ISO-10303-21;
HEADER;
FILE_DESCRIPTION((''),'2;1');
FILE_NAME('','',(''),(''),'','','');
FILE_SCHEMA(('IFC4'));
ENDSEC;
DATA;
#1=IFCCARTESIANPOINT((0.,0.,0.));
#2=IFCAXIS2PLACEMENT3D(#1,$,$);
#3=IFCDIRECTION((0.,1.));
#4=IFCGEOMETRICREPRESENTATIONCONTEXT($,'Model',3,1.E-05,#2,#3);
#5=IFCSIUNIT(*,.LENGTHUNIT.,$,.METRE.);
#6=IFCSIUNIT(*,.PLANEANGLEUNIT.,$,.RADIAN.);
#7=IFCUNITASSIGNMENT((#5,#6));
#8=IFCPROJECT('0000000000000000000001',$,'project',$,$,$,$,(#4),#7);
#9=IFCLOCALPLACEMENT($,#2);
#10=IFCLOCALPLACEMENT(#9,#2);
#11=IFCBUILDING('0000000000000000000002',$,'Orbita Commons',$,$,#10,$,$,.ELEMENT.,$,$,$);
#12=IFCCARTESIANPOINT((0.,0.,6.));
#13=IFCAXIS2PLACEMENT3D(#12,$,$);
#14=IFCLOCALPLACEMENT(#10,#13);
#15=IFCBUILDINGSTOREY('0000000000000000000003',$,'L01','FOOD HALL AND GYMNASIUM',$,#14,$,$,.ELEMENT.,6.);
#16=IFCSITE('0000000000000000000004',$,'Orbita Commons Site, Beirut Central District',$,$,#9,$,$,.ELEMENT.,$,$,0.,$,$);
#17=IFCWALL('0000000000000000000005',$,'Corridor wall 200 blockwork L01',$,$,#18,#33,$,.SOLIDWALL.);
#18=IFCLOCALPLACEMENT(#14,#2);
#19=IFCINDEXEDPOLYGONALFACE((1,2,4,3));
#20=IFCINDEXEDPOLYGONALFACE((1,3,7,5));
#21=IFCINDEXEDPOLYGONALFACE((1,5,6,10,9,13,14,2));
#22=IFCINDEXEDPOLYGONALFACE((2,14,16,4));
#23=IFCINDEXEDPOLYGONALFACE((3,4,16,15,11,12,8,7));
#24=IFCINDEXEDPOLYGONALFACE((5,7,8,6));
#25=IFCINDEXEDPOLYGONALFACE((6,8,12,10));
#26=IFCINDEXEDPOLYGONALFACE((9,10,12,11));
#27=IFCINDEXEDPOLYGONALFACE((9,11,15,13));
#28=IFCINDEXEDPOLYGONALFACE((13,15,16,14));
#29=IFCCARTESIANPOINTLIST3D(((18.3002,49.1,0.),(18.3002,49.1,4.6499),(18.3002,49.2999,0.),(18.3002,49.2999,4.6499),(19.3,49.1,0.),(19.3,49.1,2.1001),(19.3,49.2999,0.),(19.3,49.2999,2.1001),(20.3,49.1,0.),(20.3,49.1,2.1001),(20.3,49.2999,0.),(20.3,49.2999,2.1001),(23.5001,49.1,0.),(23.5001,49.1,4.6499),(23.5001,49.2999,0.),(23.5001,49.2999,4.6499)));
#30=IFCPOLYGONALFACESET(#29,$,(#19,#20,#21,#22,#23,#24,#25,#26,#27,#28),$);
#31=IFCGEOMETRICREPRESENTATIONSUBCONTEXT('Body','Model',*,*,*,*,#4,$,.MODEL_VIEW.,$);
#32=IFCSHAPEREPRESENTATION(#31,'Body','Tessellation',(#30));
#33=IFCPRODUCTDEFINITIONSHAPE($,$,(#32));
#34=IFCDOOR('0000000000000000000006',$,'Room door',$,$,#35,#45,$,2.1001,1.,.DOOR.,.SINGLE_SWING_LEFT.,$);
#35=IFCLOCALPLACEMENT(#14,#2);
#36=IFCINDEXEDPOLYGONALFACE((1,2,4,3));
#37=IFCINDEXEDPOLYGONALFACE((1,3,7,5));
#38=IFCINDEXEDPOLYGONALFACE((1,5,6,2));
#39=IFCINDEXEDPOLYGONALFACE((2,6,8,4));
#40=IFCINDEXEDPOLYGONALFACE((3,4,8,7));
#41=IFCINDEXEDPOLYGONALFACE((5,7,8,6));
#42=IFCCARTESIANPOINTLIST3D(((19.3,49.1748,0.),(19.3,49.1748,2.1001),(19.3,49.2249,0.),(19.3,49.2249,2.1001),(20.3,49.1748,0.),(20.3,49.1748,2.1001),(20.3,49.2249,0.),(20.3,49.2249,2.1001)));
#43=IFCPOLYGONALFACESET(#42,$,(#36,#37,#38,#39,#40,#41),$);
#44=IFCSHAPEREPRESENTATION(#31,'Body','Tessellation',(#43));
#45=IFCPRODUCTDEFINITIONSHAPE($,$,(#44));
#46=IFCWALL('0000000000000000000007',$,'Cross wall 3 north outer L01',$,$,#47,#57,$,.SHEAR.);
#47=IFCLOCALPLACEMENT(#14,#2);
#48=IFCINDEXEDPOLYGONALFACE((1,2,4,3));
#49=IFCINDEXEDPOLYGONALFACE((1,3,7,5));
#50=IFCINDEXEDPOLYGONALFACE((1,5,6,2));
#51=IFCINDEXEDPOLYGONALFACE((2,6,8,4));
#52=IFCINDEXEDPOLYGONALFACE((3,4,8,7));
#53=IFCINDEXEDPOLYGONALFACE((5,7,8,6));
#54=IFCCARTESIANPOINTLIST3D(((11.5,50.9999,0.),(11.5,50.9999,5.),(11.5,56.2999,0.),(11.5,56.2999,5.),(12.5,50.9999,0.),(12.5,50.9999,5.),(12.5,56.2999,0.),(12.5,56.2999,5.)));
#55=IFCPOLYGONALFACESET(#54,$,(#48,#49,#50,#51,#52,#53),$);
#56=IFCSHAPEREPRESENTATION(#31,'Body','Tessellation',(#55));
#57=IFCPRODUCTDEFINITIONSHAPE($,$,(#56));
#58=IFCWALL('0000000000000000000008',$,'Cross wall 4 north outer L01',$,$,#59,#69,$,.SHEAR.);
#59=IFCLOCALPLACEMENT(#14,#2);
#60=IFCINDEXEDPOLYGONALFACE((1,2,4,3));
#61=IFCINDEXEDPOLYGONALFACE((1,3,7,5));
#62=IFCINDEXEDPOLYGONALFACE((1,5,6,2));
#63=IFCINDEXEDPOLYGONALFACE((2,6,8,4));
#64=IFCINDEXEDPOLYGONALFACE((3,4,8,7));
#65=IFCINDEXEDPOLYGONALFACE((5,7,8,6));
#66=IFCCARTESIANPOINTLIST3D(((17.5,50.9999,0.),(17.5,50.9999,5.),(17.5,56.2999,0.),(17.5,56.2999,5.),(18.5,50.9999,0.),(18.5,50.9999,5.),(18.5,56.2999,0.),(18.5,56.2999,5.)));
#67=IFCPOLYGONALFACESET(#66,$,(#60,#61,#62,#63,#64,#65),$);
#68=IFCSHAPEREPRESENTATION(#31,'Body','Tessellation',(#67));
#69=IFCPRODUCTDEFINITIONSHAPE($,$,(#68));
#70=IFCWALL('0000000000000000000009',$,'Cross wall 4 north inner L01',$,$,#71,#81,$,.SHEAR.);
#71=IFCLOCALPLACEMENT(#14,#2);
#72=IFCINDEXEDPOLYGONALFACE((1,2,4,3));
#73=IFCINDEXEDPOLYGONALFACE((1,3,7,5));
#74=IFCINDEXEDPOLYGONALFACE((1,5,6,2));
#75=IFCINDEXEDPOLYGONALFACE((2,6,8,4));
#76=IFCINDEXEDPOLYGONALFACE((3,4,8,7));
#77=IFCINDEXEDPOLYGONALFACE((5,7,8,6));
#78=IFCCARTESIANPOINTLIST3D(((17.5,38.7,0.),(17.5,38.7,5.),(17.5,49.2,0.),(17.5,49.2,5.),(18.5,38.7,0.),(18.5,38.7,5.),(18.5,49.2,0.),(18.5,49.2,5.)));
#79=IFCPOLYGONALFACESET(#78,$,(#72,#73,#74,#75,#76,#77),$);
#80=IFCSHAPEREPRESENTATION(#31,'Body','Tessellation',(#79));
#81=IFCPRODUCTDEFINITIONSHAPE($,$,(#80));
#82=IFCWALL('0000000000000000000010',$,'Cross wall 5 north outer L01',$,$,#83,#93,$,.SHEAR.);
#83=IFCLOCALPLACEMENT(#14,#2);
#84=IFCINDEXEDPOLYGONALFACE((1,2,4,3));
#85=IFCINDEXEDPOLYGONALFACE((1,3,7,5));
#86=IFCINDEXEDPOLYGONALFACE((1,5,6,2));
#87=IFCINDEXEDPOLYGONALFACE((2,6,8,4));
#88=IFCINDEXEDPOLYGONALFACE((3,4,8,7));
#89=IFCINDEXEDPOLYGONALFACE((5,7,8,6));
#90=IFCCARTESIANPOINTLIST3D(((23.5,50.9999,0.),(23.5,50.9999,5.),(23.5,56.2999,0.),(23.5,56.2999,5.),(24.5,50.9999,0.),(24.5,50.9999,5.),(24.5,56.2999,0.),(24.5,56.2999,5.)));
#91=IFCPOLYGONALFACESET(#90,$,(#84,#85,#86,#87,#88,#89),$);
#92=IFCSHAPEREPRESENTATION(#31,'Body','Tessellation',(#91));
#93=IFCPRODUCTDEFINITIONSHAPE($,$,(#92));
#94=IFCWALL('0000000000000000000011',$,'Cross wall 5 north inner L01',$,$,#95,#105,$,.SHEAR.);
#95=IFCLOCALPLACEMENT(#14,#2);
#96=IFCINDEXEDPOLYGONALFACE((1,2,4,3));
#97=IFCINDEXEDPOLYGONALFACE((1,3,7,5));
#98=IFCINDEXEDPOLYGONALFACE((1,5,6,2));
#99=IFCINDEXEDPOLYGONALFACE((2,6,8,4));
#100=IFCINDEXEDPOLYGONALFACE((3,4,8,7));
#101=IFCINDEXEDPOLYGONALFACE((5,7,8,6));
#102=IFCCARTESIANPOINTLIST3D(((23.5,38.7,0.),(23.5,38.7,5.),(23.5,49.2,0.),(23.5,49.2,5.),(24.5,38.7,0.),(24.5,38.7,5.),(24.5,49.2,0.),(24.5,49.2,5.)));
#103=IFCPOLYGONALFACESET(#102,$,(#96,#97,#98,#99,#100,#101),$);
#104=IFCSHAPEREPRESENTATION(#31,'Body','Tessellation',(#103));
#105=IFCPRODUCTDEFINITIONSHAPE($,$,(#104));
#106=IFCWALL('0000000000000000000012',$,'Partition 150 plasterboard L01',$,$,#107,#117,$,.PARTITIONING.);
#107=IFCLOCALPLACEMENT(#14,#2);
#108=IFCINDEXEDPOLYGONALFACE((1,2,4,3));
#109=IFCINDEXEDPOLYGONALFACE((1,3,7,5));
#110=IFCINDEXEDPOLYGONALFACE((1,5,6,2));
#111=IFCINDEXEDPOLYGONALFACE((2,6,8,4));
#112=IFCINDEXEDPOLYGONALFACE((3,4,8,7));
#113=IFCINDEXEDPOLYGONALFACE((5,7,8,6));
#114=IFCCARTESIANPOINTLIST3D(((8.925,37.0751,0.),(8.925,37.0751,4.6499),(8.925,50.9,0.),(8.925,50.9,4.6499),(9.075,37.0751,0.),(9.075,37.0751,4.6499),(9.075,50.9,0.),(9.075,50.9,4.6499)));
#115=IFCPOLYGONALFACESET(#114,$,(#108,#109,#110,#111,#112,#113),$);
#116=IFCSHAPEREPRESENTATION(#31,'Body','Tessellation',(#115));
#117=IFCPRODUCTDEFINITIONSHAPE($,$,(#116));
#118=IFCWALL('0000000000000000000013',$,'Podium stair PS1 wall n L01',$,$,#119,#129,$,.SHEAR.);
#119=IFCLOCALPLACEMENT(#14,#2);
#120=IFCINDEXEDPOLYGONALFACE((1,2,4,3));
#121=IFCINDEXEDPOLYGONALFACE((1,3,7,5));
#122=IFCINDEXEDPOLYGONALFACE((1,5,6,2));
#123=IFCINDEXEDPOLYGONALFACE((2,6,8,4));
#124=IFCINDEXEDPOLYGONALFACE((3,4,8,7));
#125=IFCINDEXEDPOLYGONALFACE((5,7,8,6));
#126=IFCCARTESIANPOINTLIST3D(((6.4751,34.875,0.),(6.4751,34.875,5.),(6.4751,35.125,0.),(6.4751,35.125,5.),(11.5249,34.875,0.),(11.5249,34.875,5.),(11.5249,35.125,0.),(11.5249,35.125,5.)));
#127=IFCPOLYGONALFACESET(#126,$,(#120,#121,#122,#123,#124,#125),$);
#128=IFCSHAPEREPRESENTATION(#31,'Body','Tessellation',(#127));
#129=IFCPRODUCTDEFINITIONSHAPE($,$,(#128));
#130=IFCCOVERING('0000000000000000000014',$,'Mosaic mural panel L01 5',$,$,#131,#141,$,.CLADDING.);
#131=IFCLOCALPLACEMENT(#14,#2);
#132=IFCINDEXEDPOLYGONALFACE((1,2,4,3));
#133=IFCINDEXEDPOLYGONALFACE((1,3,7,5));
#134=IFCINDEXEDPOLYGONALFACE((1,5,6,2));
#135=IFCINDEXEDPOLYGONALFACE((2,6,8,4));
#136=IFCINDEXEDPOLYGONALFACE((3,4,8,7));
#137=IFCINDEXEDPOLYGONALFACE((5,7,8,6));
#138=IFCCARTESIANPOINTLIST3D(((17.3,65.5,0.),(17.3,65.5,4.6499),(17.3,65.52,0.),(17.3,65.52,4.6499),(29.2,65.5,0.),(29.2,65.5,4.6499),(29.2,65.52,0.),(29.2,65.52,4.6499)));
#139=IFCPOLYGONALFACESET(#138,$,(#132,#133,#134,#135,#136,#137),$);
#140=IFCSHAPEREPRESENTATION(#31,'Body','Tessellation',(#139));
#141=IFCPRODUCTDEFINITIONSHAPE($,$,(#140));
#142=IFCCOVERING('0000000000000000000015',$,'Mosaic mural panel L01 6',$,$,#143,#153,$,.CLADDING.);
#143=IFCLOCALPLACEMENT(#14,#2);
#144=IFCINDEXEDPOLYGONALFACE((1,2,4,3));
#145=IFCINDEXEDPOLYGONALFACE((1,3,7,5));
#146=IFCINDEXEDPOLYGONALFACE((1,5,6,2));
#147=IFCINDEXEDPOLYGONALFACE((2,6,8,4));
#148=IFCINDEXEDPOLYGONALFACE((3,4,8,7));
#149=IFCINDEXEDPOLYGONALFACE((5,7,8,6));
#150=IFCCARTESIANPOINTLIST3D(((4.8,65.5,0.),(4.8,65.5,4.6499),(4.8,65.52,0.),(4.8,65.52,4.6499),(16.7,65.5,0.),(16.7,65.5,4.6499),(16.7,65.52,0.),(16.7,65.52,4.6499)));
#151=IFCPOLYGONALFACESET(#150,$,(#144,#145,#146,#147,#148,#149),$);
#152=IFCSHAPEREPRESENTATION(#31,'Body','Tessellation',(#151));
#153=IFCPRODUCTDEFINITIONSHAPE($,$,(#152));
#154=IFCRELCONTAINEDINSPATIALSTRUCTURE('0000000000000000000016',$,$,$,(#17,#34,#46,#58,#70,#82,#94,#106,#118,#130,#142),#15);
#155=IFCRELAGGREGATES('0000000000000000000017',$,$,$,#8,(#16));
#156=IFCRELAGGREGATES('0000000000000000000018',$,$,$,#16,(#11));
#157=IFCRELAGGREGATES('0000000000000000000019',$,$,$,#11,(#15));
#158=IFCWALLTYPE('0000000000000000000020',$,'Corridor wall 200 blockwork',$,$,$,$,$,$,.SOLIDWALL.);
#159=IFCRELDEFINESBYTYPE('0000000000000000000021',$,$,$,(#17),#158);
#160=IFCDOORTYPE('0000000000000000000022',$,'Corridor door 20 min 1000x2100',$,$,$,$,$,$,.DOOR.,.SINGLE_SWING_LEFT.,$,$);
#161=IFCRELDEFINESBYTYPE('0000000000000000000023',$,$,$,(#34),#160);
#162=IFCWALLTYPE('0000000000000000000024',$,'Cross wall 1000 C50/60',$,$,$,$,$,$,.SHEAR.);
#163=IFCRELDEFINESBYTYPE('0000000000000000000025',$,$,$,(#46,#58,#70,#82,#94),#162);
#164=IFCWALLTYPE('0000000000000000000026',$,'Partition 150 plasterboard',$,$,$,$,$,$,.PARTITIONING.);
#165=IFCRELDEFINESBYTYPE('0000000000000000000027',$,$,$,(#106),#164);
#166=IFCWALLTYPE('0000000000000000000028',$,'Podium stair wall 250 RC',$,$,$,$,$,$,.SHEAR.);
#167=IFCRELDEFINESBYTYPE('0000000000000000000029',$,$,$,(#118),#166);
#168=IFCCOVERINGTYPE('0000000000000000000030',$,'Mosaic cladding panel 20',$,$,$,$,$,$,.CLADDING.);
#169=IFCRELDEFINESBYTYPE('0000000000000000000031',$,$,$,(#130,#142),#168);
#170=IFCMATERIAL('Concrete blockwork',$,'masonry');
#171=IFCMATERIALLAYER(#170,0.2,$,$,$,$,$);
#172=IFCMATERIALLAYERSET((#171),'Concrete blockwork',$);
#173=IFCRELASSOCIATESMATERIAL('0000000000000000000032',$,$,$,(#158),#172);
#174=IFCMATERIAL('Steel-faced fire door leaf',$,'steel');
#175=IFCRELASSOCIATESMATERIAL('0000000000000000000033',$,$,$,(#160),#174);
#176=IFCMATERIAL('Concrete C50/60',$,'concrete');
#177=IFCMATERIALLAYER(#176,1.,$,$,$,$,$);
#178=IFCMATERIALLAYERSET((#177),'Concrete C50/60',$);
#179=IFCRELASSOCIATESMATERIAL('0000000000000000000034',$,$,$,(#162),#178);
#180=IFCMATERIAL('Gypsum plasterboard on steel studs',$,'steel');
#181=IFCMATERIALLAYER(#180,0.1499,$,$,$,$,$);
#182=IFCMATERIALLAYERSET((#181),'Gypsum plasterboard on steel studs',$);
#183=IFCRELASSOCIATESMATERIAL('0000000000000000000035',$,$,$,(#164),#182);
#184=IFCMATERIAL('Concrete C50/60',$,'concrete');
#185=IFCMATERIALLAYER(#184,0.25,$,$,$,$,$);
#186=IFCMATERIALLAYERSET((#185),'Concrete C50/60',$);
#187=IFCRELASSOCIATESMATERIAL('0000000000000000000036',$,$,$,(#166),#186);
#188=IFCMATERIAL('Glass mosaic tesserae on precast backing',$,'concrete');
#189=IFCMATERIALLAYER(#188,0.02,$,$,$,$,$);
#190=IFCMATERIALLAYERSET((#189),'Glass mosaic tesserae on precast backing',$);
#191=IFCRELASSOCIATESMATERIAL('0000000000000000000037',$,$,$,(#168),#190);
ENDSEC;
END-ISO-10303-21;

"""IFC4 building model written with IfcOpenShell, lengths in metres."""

from ifc_helpers import new_model, si_unit, direction, frame, frame_2d, origin, origin_2d, place, context, subcontext, project, spatial, rectangle, extrude, material, layer, layer_set, type_object, element, fill, save


model = new_model("IFC4")

# Units and contexts
model_context = context("Model", 3, precision=1e-05, world=origin(), true_north=direction((0.0, 1.0)))
body_context = subcontext(model_context, "Body", "Model", "MODEL_VIEW")
ifc_project = project(units=[si_unit("LENGTHUNIT", "METRE"), si_unit("PLANEANGLEUNIT", "RADIAN")], contexts=[model_context])

# Site, building, storey
site_placement = place(None, origin())
site = spatial("IfcSite", under=ifc_project, at=site_placement, Name="Orbita Commons Site, Beirut Central District", CompositionType="ELEMENT", RefElevation=0.0)
building_placement = place(site_placement, origin())
building = spatial("IfcBuilding", under=site, at=building_placement, Name="Orbita Commons", CompositionType="ELEMENT")
storey_placement = place(building_placement, frame((0.0, 0.0, 6.0)))
storey = spatial("IfcBuildingStorey", under=building, at=storey_placement, Name="L01", Description="FOOD HALL AND GYMNASIUM", CompositionType="ELEMENT", Elevation=6.0)

# Shared definitions
ifc_material_1 = material(Name="Concrete blockwork", Category="masonry")
ifc_layer_1 = layer(ifc_material_1, 0.2)
ifc_layer_set_1 = layer_set([ifc_layer_1], Name="Concrete blockwork")
wall_type_1 = type_object("IfcWallType", Name="Corridor wall 200 blockwork", PredefinedType="SOLIDWALL", material=ifc_layer_set_1)

# Wall, opening, door
wall_1_placement = place(storey_placement, frame((18.3, 49.2, 0.0), z_axis=(0.0, 0.0, 1.0), x_axis=(1.0, 0.0, 0.0)))
wall_1 = element("IfcWall", 1, at=wall_1_placement, inside=storey, type_object=wall_type_1, Name="Corridor wall 200 blockwork L01", PredefinedType="SOLIDWALL", context=body_context, shape_type="SweptSolid", body=[
    extrude(rectangle(XDim=5.2, YDim=0.2, at=frame_2d((2.6001, 0.0))), origin(), (0.0, 0.0, 1.0), 4.6499),
])
opening_placement = place(wall_1_placement, frame((1.0, 0.0, 0.0)))
opening = element("IfcOpeningElement", 2, at=opening_placement, cuts=wall_1, PredefinedType="OPENING", context=body_context, shape_type="SweptSolid", body=[
    extrude(rectangle(XDim=1.0, YDim=2.1001, at=frame_2d((0.5, 1.05))), frame((0.0, 0.1099, 0.0), z_axis=(0.0, -1.0, 0.0), x_axis=(1.0, 0.0, 0.0)), (0.0, 0.0, 1.0), 0.22),
])
ifc_material_2 = material(Name="Steel-faced fire door leaf", Category="steel")
door_type = type_object("IfcDoorType", Name="Corridor door 20 min 1000x2100", OperationType="SINGLE_SWING_LEFT", PredefinedType="DOOR", material=ifc_material_2)
door_placement = place(opening_placement, origin())
door = element("IfcDoor", 3, at=door_placement, inside=storey, type_object=door_type, Name="Room door", OperationType="SINGLE_SWING_LEFT", OverallHeight=2.1001, OverallWidth=1.0, PredefinedType="DOOR", context=body_context, shape_type="SweptSolid", body=[
    extrude(rectangle(XDim=1.0, YDim=2.1001, at=frame_2d((0.5, 1.05))), frame((0.0, 0.0249, 0.0), z_axis=(0.0, -1.0, 0.0), x_axis=(1.0, 0.0, 0.0)), (0.0, 0.0, 1.0), 0.05),
])
fill(opening, door)

# Walls
ifc_material_3 = material(Name="Concrete C50/60", Category="concrete")
ifc_layer_2 = layer(ifc_material_3, 1.0)
ifc_layer_set_2 = layer_set([ifc_layer_2], Name="Concrete C50/60")
wall_type_2 = type_object("IfcWallType", Name="Cross wall 1000 C50/60", PredefinedType="SHEAR", material=ifc_layer_set_2)
for number, where, z_axis, x_axis, name in (
    (4, (12.0, 51.0, 0.0), (0.0, 0.0, 1.0), (0.0, 1.0, 0.0), "Cross wall 3 north outer L01"),
    (5, (18.0, 51.0, 0.0), (0.0, 0.0, 1.0), (0.0, 1.0, 0.0), "Cross wall 4 north outer L01"),
):
    element("IfcWall", number, at=place(storey_placement, frame(where, z_axis=z_axis, x_axis=x_axis)), inside=storey, type_object=wall_type_2, Name=name, PredefinedType="SHEAR", context=body_context, shape_type="SweptSolid", body=[
        extrude(rectangle(XDim=5.3, YDim=1.0, at=frame_2d((2.6499, 0.0))), origin(), (0.0, 0.0, 1.0), 5.0),
    ])
wall_2_placement = place(storey_placement, frame((18.0, 38.7, 0.0), z_axis=(0.0, 0.0, 1.0), x_axis=(0.0, 1.0, 0.0)))
element("IfcWall", 6, at=wall_2_placement, inside=storey, type_object=wall_type_2, Name="Cross wall 4 north inner L01", PredefinedType="SHEAR", context=body_context, shape_type="SweptSolid", body=[
    extrude(rectangle(XDim=10.5, YDim=1.0, at=frame_2d((5.25, 0.0))), origin(), (0.0, 0.0, 1.0), 5.0),
])
wall_3_placement = place(storey_placement, frame((24.0, 51.0, 0.0), z_axis=(0.0, 0.0, 1.0), x_axis=(0.0, 1.0, 0.0)))
element("IfcWall", 7, at=wall_3_placement, inside=storey, type_object=wall_type_2, Name="Cross wall 5 north outer L01", PredefinedType="SHEAR", context=body_context, shape_type="SweptSolid", body=[
    extrude(rectangle(XDim=5.3, YDim=1.0, at=frame_2d((2.6499, 0.0))), origin(), (0.0, 0.0, 1.0), 5.0),
])
wall_4_placement = place(storey_placement, frame((24.0, 38.7, 0.0), z_axis=(0.0, 0.0, 1.0), x_axis=(0.0, 1.0, 0.0)))
element("IfcWall", 8, at=wall_4_placement, inside=storey, type_object=wall_type_2, Name="Cross wall 5 north inner L01", PredefinedType="SHEAR", context=body_context, shape_type="SweptSolid", body=[
    extrude(rectangle(XDim=10.5, YDim=1.0, at=frame_2d((5.25, 0.0))), origin(), (0.0, 0.0, 1.0), 5.0),
])
ifc_material_4 = material(Name="Gypsum plasterboard on steel studs", Category="steel")
ifc_layer_3 = layer(ifc_material_4, 0.1499)
ifc_layer_set_3 = layer_set([ifc_layer_3], Name="Gypsum plasterboard on steel studs")
wall_type_3 = type_object("IfcWallType", Name="Partition 150 plasterboard", PredefinedType="PARTITIONING", material=ifc_layer_set_3)
wall_5_placement = place(storey_placement, frame((9.0, 37.075, 0.0), z_axis=(0.0, 0.0, 1.0), x_axis=(0.0, 1.0, 0.0)))
element("IfcWall", 9, at=wall_5_placement, inside=storey, type_object=wall_type_3, Name="Partition 150 plasterboard L01", PredefinedType="PARTITIONING", context=body_context, shape_type="SweptSolid", body=[
    extrude(rectangle(XDim=13.825, YDim=0.1499, at=frame_2d((6.9126, 0.0))), origin(), (0.0, 0.0, 1.0), 4.6499),
])
ifc_material_5 = material(Name="Concrete C50/60", Category="concrete")
ifc_layer_4 = layer(ifc_material_5, 0.25)
ifc_layer_set_4 = layer_set([ifc_layer_4], Name="Concrete C50/60")
wall_type_4 = type_object("IfcWallType", Name="Podium stair wall 250 RC", PredefinedType="SHEAR", material=ifc_layer_set_4)
wall_6_placement = place(storey_placement, frame((11.5249, 35.0, 0.0), z_axis=(0.0, 0.0, 1.0), x_axis=(-1.0, 0.0, 0.0)))
element("IfcWall", 10, at=wall_6_placement, inside=storey, type_object=wall_type_4, Name="Podium stair PS1 wall n L01", PredefinedType="SHEAR", context=body_context, shape_type="SweptSolid", body=[
    extrude(rectangle(XDim=5.0498, YDim=0.25, at=frame_2d((2.5249, 0.0))), origin(), (0.0, 0.0, 1.0), 5.0),
])

# Coverings
ifc_material_6 = material(Name="Glass mosaic tesserae on precast backing", Category="concrete")
ifc_layer_5 = layer(ifc_material_6, 0.02)
ifc_layer_set_5 = layer_set([ifc_layer_5], Name="Glass mosaic tesserae on precast backing")
covering_type = type_object("IfcCoveringType", Name="Mosaic cladding panel 20", PredefinedType="CLADDING", material=ifc_layer_set_5)
for number, where, z_axis, x_axis, name in (
    (11, (23.25, 65.51, 0.0), (0.0, 0.0, 1.0), (1.0, 0.0, 0.0), "Mosaic mural panel L01 5"),
    (12, (10.75, 65.51, 0.0), (0.0, 0.0, 1.0), (1.0, 0.0, 0.0), "Mosaic mural panel L01 6"),
):
    element("IfcCovering", number, at=place(storey_placement, frame(where, z_axis=z_axis, x_axis=x_axis)), inside=storey, type_object=covering_type, Name=name, PredefinedType="CLADDING", context=body_context, shape_type="SweptSolid", body=[
        extrude(rectangle(XDim=11.8999, YDim=0.02, at=origin_2d()), origin(), (0.0, 0.0, 1.0), 4.6499),
    ])

save(model, "model.ifc")
